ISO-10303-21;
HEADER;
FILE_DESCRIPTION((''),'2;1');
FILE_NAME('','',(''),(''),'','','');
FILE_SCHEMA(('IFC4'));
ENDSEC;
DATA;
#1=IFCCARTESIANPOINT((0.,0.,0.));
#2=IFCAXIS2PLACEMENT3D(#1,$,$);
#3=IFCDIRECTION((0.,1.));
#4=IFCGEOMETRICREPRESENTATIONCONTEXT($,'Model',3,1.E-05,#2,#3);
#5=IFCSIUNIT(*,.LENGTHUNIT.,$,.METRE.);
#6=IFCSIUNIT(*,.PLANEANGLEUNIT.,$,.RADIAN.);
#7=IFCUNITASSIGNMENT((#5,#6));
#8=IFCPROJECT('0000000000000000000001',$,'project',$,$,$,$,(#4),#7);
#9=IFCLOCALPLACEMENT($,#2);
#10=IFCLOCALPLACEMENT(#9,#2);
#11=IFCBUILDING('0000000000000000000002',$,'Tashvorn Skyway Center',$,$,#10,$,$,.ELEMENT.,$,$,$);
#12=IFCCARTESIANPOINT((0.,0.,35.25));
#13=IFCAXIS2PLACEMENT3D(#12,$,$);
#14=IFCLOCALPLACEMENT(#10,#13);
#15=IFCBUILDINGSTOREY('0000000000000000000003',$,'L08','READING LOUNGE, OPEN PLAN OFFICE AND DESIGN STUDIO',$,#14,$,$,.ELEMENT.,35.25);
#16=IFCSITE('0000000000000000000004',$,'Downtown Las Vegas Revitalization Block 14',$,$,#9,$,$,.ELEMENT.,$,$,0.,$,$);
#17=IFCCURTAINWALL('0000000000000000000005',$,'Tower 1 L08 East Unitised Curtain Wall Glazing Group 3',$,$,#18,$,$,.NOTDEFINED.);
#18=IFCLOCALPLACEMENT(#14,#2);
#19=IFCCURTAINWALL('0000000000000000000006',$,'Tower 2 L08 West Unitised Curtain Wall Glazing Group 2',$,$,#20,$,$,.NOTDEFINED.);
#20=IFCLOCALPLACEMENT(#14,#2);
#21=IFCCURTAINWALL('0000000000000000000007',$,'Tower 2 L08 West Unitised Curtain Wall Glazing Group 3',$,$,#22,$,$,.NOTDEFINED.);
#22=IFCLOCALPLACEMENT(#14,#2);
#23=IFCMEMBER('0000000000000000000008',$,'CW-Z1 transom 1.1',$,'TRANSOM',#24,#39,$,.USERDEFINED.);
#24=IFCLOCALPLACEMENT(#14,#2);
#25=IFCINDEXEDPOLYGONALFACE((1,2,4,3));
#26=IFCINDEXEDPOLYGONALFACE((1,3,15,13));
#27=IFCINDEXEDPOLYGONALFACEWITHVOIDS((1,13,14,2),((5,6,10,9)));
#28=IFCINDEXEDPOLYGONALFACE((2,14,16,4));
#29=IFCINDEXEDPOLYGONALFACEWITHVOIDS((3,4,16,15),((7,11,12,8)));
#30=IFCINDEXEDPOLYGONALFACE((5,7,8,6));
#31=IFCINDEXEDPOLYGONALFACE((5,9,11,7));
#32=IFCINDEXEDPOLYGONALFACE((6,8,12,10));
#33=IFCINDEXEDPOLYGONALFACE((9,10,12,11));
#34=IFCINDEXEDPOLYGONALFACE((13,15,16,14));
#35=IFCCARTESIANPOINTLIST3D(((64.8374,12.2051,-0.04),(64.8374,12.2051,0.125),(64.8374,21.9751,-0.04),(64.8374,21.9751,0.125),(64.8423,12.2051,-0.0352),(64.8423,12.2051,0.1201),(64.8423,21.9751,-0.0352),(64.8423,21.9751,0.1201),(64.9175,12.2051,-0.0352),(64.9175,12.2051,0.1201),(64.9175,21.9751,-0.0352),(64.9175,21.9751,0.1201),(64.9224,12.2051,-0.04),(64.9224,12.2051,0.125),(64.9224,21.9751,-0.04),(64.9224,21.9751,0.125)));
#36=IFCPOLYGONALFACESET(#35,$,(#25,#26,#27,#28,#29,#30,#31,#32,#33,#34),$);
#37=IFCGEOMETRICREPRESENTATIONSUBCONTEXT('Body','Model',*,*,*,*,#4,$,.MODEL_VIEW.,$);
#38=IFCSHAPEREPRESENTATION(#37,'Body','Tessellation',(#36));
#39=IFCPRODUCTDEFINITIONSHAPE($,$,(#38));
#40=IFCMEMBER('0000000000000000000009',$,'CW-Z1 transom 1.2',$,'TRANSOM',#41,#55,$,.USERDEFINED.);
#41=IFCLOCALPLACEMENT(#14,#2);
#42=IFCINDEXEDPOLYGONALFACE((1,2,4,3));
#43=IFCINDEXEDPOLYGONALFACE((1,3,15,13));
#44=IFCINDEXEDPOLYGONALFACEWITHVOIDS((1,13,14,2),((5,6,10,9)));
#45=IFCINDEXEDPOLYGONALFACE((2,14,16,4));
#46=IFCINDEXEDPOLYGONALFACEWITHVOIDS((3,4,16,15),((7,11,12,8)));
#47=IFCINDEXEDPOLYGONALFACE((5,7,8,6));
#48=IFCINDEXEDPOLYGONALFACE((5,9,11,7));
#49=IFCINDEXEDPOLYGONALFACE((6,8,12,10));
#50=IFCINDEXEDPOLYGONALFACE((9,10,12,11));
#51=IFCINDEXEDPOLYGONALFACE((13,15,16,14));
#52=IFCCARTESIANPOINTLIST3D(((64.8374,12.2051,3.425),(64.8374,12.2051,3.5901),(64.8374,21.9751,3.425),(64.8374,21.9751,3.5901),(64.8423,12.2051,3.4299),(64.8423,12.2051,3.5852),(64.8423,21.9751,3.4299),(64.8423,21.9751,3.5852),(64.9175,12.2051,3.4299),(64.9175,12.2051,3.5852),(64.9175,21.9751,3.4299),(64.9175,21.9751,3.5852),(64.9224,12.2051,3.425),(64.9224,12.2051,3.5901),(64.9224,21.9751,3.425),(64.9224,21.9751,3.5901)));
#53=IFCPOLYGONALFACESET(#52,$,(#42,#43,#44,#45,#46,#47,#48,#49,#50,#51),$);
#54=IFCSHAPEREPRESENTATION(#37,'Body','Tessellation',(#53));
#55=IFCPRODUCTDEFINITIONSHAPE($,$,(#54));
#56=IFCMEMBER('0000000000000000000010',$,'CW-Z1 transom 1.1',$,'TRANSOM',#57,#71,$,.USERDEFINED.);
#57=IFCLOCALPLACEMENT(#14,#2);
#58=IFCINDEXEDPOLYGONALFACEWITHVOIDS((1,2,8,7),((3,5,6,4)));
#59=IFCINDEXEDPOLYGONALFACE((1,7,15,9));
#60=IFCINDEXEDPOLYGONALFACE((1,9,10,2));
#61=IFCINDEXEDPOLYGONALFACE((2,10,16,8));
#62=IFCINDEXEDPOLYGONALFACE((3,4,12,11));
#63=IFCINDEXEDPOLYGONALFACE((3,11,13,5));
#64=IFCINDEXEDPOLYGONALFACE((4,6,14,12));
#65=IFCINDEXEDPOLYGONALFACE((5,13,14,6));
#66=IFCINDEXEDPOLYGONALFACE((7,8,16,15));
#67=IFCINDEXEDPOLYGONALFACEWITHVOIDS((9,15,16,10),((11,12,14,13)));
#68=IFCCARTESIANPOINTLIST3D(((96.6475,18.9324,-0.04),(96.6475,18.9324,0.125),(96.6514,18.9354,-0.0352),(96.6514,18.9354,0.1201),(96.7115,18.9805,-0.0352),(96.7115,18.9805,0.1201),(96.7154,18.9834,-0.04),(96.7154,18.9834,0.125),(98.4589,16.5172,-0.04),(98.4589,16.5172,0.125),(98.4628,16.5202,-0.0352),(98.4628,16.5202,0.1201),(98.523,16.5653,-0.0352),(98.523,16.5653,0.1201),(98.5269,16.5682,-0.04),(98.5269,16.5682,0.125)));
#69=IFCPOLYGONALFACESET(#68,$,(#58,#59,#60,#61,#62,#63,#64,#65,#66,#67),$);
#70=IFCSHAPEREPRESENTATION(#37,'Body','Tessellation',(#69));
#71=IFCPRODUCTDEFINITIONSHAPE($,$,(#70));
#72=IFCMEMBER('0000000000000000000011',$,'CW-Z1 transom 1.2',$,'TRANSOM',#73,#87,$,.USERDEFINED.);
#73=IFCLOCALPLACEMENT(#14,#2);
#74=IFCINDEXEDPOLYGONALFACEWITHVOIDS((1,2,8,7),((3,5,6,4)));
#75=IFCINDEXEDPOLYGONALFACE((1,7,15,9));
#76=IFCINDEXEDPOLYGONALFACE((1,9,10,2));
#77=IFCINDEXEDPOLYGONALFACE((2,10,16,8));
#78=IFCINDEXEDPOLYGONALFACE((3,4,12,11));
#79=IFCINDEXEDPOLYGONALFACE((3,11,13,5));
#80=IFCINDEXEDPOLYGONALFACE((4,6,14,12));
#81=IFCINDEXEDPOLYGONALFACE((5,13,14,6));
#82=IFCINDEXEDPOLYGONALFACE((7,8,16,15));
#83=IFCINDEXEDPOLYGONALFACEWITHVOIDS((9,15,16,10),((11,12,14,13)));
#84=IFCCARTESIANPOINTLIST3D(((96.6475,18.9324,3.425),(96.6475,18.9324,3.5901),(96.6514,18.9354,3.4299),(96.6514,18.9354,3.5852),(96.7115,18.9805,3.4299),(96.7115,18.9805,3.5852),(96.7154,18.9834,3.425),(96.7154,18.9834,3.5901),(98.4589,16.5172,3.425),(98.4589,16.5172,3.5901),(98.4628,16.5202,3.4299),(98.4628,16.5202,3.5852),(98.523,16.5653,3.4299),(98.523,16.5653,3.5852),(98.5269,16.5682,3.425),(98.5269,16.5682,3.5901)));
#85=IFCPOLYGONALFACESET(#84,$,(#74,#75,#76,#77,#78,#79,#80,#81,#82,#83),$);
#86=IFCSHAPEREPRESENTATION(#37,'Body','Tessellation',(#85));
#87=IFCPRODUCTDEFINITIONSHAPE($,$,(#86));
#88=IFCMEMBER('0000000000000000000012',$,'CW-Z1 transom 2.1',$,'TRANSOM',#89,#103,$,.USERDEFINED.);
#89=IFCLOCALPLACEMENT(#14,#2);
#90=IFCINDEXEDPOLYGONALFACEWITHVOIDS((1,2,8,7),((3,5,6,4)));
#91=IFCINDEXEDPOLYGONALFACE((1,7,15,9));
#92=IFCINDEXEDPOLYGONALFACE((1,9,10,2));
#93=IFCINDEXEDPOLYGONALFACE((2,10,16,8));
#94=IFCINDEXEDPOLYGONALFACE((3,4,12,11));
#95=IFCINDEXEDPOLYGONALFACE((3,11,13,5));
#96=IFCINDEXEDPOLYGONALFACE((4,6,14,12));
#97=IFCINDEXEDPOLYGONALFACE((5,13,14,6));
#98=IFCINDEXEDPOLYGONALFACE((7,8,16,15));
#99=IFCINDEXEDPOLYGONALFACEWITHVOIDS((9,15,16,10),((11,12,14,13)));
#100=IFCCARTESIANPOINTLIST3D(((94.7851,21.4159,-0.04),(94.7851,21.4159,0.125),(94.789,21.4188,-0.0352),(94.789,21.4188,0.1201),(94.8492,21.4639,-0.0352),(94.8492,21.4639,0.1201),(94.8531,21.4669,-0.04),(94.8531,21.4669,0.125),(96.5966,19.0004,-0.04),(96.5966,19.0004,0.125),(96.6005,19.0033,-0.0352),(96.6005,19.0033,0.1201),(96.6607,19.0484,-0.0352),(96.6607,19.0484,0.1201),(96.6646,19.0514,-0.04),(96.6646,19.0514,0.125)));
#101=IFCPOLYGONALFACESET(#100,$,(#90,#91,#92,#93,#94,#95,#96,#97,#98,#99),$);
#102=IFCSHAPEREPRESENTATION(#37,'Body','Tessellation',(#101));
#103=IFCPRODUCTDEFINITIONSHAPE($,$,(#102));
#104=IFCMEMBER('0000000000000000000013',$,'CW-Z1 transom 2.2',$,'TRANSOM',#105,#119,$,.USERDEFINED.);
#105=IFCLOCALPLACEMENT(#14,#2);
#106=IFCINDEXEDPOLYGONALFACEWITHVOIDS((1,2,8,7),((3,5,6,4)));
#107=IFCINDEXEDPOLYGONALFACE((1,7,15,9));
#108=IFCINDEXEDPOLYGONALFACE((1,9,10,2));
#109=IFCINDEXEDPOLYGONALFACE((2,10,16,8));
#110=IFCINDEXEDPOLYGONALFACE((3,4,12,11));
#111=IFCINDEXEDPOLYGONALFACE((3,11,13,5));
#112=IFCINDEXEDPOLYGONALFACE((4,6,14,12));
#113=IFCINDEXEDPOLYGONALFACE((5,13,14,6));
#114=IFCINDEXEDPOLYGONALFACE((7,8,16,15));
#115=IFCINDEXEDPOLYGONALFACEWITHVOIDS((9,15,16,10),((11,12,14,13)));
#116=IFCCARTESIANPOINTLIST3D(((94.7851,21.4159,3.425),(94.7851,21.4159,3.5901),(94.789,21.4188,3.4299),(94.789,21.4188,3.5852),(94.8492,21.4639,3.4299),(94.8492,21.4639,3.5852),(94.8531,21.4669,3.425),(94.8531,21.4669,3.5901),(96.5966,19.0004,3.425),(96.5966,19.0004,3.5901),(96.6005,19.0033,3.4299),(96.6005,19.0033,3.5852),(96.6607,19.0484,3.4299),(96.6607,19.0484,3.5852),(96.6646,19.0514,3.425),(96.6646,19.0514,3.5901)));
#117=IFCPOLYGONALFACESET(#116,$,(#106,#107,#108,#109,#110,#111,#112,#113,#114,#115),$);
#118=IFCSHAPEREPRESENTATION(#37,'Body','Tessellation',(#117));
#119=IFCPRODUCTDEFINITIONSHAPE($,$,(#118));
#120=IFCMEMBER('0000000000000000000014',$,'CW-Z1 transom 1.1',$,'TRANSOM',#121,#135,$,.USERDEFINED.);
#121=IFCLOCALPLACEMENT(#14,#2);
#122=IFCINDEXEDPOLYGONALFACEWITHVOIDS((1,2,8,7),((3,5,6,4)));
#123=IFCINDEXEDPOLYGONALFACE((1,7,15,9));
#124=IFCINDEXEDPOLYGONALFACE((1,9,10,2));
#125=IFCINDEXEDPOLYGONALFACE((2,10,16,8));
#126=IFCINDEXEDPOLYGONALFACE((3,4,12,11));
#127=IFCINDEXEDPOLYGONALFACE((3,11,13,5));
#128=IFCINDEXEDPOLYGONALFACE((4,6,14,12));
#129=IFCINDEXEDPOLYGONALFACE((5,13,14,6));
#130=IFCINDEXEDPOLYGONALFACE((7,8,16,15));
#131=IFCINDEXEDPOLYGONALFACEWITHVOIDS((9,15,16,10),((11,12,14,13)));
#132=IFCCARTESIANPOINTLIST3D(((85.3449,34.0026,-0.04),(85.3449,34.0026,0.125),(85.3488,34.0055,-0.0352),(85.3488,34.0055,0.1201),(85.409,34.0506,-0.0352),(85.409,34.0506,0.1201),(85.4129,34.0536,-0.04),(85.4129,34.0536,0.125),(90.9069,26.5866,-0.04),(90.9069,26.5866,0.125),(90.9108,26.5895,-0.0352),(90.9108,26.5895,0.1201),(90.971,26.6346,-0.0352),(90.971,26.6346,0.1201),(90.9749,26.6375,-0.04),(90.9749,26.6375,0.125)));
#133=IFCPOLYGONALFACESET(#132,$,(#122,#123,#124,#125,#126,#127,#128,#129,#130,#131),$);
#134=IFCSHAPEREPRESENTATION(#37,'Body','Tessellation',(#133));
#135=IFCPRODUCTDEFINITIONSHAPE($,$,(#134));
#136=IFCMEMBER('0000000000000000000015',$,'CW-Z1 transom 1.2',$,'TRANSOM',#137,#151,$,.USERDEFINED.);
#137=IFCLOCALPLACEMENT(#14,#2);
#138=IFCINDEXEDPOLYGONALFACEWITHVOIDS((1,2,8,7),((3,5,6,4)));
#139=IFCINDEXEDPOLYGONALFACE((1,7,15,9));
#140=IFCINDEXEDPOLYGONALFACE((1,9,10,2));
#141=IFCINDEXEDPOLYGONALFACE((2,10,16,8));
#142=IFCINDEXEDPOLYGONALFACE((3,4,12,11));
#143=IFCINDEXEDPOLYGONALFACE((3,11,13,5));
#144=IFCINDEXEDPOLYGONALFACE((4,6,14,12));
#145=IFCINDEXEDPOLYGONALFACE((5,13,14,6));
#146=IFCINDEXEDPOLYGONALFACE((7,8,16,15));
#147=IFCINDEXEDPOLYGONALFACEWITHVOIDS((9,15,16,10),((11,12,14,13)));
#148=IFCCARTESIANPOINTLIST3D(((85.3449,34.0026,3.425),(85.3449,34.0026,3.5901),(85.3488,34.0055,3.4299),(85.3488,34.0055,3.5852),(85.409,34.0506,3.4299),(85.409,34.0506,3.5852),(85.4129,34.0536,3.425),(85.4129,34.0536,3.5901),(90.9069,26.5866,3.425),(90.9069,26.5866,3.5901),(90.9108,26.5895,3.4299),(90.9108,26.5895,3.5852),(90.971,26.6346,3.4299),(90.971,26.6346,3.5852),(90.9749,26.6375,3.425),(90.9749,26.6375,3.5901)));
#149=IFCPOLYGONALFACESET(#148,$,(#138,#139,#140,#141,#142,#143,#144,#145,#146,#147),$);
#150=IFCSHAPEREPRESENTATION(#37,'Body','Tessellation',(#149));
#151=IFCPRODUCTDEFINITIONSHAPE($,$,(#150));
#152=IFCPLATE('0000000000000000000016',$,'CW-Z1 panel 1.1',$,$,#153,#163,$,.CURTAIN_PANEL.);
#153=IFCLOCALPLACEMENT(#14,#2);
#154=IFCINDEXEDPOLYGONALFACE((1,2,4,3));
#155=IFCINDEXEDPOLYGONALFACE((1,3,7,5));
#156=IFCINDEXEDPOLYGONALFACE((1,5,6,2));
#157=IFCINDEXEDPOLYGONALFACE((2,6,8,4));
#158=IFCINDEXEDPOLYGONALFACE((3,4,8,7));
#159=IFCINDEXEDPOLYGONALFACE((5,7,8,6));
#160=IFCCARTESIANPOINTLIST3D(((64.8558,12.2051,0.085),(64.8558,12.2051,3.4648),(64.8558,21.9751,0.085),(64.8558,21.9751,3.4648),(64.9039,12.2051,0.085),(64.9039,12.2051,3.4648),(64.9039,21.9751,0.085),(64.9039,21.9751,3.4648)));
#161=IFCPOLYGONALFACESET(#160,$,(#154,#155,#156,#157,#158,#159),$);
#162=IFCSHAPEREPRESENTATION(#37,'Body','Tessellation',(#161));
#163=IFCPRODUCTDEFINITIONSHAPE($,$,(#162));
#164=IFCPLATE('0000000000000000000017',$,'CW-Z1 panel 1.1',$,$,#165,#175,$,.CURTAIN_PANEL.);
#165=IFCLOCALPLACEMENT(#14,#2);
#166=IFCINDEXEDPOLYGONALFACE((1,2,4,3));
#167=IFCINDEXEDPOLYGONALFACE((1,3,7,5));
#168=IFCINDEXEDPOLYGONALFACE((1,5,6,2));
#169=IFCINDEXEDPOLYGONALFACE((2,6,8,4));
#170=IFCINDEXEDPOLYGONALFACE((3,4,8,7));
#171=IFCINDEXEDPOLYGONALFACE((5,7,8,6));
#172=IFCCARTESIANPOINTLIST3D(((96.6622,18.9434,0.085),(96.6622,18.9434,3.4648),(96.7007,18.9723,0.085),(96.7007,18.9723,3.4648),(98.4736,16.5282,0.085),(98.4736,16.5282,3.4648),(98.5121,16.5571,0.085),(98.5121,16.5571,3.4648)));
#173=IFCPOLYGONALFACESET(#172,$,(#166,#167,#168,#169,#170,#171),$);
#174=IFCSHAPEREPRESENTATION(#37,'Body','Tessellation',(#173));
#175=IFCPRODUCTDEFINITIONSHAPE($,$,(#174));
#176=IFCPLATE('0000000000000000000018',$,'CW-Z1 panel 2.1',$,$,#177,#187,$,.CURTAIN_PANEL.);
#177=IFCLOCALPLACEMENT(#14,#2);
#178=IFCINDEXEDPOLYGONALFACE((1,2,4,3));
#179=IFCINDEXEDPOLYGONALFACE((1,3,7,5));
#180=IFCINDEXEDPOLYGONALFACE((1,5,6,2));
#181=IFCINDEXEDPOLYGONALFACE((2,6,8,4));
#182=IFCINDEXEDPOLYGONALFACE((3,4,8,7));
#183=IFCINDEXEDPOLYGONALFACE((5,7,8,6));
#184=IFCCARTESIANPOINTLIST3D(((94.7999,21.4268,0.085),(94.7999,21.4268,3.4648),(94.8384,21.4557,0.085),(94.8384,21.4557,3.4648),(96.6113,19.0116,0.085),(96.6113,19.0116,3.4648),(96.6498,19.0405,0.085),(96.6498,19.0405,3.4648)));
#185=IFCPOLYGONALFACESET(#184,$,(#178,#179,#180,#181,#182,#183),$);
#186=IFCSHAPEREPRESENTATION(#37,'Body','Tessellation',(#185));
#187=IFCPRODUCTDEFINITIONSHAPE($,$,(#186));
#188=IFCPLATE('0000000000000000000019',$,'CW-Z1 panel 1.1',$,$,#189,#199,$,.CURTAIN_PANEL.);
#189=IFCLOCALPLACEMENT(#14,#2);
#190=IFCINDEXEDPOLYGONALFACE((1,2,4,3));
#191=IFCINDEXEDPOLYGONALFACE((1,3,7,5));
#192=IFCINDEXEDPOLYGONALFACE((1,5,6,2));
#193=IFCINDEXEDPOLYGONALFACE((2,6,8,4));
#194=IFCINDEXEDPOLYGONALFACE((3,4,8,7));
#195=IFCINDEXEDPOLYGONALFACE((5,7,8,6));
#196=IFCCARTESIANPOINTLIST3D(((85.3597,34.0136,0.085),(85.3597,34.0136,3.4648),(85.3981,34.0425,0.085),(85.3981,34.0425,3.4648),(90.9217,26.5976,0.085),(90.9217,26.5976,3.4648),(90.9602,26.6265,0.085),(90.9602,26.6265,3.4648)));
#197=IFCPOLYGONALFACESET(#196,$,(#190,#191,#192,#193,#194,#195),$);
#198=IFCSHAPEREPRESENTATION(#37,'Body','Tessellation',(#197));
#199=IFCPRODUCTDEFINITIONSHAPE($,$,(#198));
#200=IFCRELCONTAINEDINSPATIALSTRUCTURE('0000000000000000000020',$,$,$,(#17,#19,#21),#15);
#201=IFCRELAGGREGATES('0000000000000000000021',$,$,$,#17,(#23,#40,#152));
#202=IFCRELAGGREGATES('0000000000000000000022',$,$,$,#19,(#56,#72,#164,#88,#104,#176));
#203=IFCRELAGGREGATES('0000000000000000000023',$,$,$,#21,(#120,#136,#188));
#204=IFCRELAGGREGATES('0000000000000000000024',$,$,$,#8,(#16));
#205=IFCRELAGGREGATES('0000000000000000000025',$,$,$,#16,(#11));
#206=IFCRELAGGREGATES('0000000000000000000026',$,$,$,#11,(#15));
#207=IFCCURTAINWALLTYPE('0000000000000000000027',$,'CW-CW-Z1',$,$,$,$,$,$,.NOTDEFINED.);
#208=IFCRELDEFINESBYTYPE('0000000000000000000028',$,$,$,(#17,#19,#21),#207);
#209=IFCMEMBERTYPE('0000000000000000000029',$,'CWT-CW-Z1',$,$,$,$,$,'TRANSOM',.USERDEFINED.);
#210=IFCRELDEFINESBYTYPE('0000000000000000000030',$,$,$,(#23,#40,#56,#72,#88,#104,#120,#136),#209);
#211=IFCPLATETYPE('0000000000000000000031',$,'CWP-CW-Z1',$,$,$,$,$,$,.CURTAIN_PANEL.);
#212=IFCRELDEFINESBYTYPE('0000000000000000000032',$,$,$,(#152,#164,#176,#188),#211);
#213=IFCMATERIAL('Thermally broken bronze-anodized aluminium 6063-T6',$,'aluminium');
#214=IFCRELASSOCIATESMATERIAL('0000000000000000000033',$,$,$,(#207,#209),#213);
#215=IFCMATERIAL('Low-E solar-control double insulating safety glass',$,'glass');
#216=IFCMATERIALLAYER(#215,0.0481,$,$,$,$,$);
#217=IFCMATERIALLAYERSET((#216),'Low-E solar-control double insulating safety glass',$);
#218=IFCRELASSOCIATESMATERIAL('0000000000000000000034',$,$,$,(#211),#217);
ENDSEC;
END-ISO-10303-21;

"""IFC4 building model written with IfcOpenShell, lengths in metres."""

from ifc_helpers import new_model, si_unit, direction, frame, origin, origin_2d, place, context, subcontext, project, spatial, rectangle, hollow_rectangle, extrude, material, layer, layer_set, material_profile, profile_set, type_object, element, aggregate, save


model = new_model("IFC4")

# Units and contexts
model_context = context("Model", 3, precision=1e-05, world=origin(), true_north=direction((0.0, 1.0)))
body_context = subcontext(model_context, "Body", "Model", "MODEL_VIEW")
ifc_project = project(units=[si_unit("LENGTHUNIT", "METRE"), si_unit("PLANEANGLEUNIT", "RADIAN")], contexts=[model_context])

# Site, building, storey
site_placement = place(None, origin())
site = spatial("IfcSite", under=ifc_project, at=site_placement, Name="Downtown Las Vegas Revitalization Block 14", CompositionType="ELEMENT", RefElevation=0.0)
building_placement = place(site_placement, origin())
building = spatial("IfcBuilding", under=site, at=building_placement, Name="Tashvorn Skyway Center", CompositionType="ELEMENT")
storey_placement = place(building_placement, frame((0.0, 0.0, 35.25)))
storey = spatial("IfcBuildingStorey", under=building, at=storey_placement, Name="L08", Description="READING LOUNGE, OPEN PLAN OFFICE AND DESIGN STUDIO", CompositionType="ELEMENT", Elevation=35.25)

# Curtain walls
ifc_material_1 = material(Name="Thermally broken bronze-anodized aluminium 6063-T6", Category="aluminium")
curtain_wall_type = type_object("IfcCurtainWallType", Name="CW-CW-Z1", PredefinedType="NOTDEFINED", material=ifc_material_1)
curtain_wall_1_placement = place(storey_placement, origin())
curtain_wall_1 = element("IfcCurtainWall", 1, at=curtain_wall_1_placement, inside=storey, type_object=curtain_wall_type, Name="Tower 1 L08 East Unitised Curtain Wall Glazing Group 3", PredefinedType="NOTDEFINED")
curtain_wall_2_placement = place(storey_placement, origin())
curtain_wall_2 = element("IfcCurtainWall", 2, at=curtain_wall_2_placement, inside=storey, type_object=curtain_wall_type, Name="Tower 2 L08 West Unitised Curtain Wall Glazing Group 2", PredefinedType="NOTDEFINED")

# Curtain wall
curtain_wall_3_placement = place(storey_placement, origin())
curtain_wall_3 = element("IfcCurtainWall", 3, at=curtain_wall_3_placement, inside=storey, type_object=curtain_wall_type, Name="Tower 2 L08 West Unitised Curtain Wall Glazing Group 3", PredefinedType="NOTDEFINED")

# Members
ifc_material_profile_1 = material_profile(ifc_material_1, hollow_rectangle(XDim=0.085, YDim=0.165, WallThickness=0.0049, at=origin_2d()), Name="ALU-TRAN-85x165")
ifc_profile_set_1 = profile_set([ifc_material_profile_1], Name="Thermally broken bronze-anodized aluminium 6063-T6")
member_type_1 = type_object("IfcMemberType", Name="CWT-CW-Z1", ElementType="TRANSOM", PredefinedType="USERDEFINED", material=ifc_profile_set_1)
member_1_placement = place(storey_placement, frame((64.8799, 21.9751, 0.0425), z_axis=(0.0, -1.0, 0.0), x_axis=(1.0, 0.0, 0.0)))
member_1 = element("IfcMember", 4, at=member_1_placement, type_object=member_type_1, Name="CW-Z1 transom 1.1", ObjectType="TRANSOM", PredefinedType="USERDEFINED", context=body_context, shape_type="SweptSolid", body=[
    extrude(hollow_rectangle(XDim=0.085, YDim=0.165, WallThickness=0.0049, at=origin_2d()), origin(), (0.0, 0.0, 1.0), 9.77),
])
member_2_placement = place(storey_placement, frame((64.8799, 21.9751, 3.5076), z_axis=(0.0, -1.0, 0.0), x_axis=(1.0, 0.0, 0.0)))
member_2 = element("IfcMember", 5, at=member_2_placement, type_object=member_type_1, Name="CW-Z1 transom 1.2", ObjectType="TRANSOM", PredefinedType="USERDEFINED", context=body_context, shape_type="SweptSolid", body=[
    extrude(hollow_rectangle(XDim=0.085, YDim=0.165, WallThickness=0.0049, at=origin_2d()), origin(), (0.0, 0.0, 1.0), 9.77),
])
member_3_placement = place(storey_placement, frame((98.4929, 16.5427, 0.0425), z_axis=(-0.600013, 0.79999, 0.0), x_axis=(-0.79999, -0.600013, 0.0)))
member_3 = element("IfcMember", 6, at=member_3_placement, type_object=member_type_1, Name="CW-Z1 transom 1.1", ObjectType="TRANSOM", PredefinedType="USERDEFINED", context=body_context, shape_type="SweptSolid", body=[
    extrude(hollow_rectangle(XDim=0.085, YDim=0.165, WallThickness=0.0049, at=origin_2d()), origin(), (0.0, 0.0, 1.0), 3.019),
])
member_4_placement = place(storey_placement, frame((98.4929, 16.5427, 3.5076), z_axis=(-0.600013, 0.79999, 0.0), x_axis=(-0.79999, -0.600013, 0.0)))
member_4 = element("IfcMember", 7, at=member_4_placement, type_object=member_type_1, Name="CW-Z1 transom 1.2", ObjectType="TRANSOM", PredefinedType="USERDEFINED", context=body_context, shape_type="SweptSolid", body=[
    extrude(hollow_rectangle(XDim=0.085, YDim=0.165, WallThickness=0.0049, at=origin_2d()), origin(), (0.0, 0.0, 1.0), 3.019),
])
member_5_placement = place(storey_placement, frame((96.6306, 19.0259, 0.0425), z_axis=(-0.599974, 0.800019, 0.0), x_axis=(-0.800019, -0.599974, 0.0)))
member_5 = element("IfcMember", 8, at=member_5_placement, type_object=member_type_1, Name="CW-Z1 transom 2.1", ObjectType="TRANSOM", PredefinedType="USERDEFINED", context=body_context, shape_type="SweptSolid", body=[
    extrude(hollow_rectangle(XDim=0.085, YDim=0.165, WallThickness=0.0049, at=origin_2d()), origin(), (0.0, 0.0, 1.0), 3.0193),
])
member_6_placement = place(storey_placement, frame((96.6306, 19.0259, 3.5076), z_axis=(-0.599974, 0.800019, 0.0), x_axis=(-0.800019, -0.599974, 0.0)))
member_6 = element("IfcMember", 9, at=member_6_placement, type_object=member_type_1, Name="CW-Z1 transom 2.2", ObjectType="TRANSOM", PredefinedType="USERDEFINED", context=body_context, shape_type="SweptSolid", body=[
    extrude(hollow_rectangle(XDim=0.085, YDim=0.165, WallThickness=0.0049, at=origin_2d()), origin(), (0.0, 0.0, 1.0), 3.0193),
])
member_7_placement = place(storey_placement, frame((90.9409, 26.6121, 0.0425), z_axis=(-0.6, 0.8, 0.0), x_axis=(-0.8, -0.6, 0.0)))
member_7 = element("IfcMember", 10, at=member_7_placement, type_object=member_type_1, Name="CW-Z1 transom 1.1", ObjectType="TRANSOM", PredefinedType="USERDEFINED", context=body_context, shape_type="SweptSolid", body=[
    extrude(hollow_rectangle(XDim=0.085, YDim=0.165, WallThickness=0.0049, at=origin_2d()), origin(), (0.0, 0.0, 1.0), 9.27),
])
member_8_placement = place(storey_placement, frame((90.9409, 26.6121, 3.5076), z_axis=(-0.6, 0.8, 0.0), x_axis=(-0.8, -0.6, 0.0)))
member_8 = element("IfcMember", 11, at=member_8_placement, type_object=member_type_1, Name="CW-Z1 transom 1.2", ObjectType="TRANSOM", PredefinedType="USERDEFINED", context=body_context, shape_type="SweptSolid", body=[
    extrude(hollow_rectangle(XDim=0.085, YDim=0.165, WallThickness=0.0049, at=origin_2d()), origin(), (0.0, 0.0, 1.0), 9.27),
])

# Plates
ifc_material_2 = material(Name="Low-E solar-control double insulating safety glass", Category="glass")
ifc_layer_1 = layer(ifc_material_2, 0.0481)
ifc_layer_set_1 = layer_set([ifc_layer_1], Name="Low-E solar-control double insulating safety glass")
plate_type = type_object("IfcPlateType", Name="CWP-CW-Z1", PredefinedType="CURTAIN_PANEL", material=ifc_layer_set_1)
plate_1_placement = place(storey_placement, frame((64.8799, 17.0901, 0.085), z_axis=(0.0, 0.0, 1.0), x_axis=(0.0, -1.0, 0.0)))
plate_1 = element("IfcPlate", 12, at=plate_1_placement, type_object=plate_type, Name="CW-Z1 panel 1.1", PredefinedType="CURTAIN_PANEL", context=body_context, shape_type="SweptSolid", body=[
    extrude(rectangle(XDim=9.77, YDim=0.0481, at=origin_2d()), origin(), (0.0, 0.0, 1.0), 3.3799),
])
aggregate(curtain_wall_1, [member_1, member_2, plate_1])
plate_2_placement = place(storey_placement, frame((97.5872, 17.7502, 0.085), z_axis=(0.0, 0.0, 1.0), x_axis=(-0.600005, 0.799996, 0.0)))
plate_2 = element("IfcPlate", 13, at=plate_2_placement, type_object=plate_type, Name="CW-Z1 panel 1.1", PredefinedType="CURTAIN_PANEL", context=body_context, shape_type="SweptSolid", body=[
    extrude(rectangle(XDim=3.019, YDim=0.0481, at=origin_2d()), origin(), (0.0, 0.0, 1.0), 3.3799),
])
plate_3_placement = place(storey_placement, frame((95.7249, 20.2336, 0.085), z_axis=(0.0, 0.0, 1.0), x_axis=(-0.600005, 0.799996, 0.0)))
plate_3 = element("IfcPlate", 14, at=plate_3_placement, type_object=plate_type, Name="CW-Z1 panel 2.1", PredefinedType="CURTAIN_PANEL", context=body_context, shape_type="SweptSolid", body=[
    extrude(rectangle(XDim=3.019, YDim=0.0481, at=origin_2d()), origin(), (0.0, 0.0, 1.0), 3.3799),
])
aggregate(curtain_wall_2, [member_3, member_4, plate_2, member_5, member_6, plate_3])
plate_4_placement = place(storey_placement, frame((88.1599, 30.3201, 0.085), z_axis=(0.0, 0.0, 1.0), x_axis=(-0.6, 0.8, 0.0)))
plate_4 = element("IfcPlate", 15, at=plate_4_placement, type_object=plate_type, Name="CW-Z1 panel 1.1", PredefinedType="CURTAIN_PANEL", context=body_context, shape_type="SweptSolid", body=[
    extrude(rectangle(XDim=9.27, YDim=0.0481, at=origin_2d()), origin(), (0.0, 0.0, 1.0), 3.3799),
])
aggregate(curtain_wall_3, [member_7, member_8, plate_4])

save(model, "model.ifc")
